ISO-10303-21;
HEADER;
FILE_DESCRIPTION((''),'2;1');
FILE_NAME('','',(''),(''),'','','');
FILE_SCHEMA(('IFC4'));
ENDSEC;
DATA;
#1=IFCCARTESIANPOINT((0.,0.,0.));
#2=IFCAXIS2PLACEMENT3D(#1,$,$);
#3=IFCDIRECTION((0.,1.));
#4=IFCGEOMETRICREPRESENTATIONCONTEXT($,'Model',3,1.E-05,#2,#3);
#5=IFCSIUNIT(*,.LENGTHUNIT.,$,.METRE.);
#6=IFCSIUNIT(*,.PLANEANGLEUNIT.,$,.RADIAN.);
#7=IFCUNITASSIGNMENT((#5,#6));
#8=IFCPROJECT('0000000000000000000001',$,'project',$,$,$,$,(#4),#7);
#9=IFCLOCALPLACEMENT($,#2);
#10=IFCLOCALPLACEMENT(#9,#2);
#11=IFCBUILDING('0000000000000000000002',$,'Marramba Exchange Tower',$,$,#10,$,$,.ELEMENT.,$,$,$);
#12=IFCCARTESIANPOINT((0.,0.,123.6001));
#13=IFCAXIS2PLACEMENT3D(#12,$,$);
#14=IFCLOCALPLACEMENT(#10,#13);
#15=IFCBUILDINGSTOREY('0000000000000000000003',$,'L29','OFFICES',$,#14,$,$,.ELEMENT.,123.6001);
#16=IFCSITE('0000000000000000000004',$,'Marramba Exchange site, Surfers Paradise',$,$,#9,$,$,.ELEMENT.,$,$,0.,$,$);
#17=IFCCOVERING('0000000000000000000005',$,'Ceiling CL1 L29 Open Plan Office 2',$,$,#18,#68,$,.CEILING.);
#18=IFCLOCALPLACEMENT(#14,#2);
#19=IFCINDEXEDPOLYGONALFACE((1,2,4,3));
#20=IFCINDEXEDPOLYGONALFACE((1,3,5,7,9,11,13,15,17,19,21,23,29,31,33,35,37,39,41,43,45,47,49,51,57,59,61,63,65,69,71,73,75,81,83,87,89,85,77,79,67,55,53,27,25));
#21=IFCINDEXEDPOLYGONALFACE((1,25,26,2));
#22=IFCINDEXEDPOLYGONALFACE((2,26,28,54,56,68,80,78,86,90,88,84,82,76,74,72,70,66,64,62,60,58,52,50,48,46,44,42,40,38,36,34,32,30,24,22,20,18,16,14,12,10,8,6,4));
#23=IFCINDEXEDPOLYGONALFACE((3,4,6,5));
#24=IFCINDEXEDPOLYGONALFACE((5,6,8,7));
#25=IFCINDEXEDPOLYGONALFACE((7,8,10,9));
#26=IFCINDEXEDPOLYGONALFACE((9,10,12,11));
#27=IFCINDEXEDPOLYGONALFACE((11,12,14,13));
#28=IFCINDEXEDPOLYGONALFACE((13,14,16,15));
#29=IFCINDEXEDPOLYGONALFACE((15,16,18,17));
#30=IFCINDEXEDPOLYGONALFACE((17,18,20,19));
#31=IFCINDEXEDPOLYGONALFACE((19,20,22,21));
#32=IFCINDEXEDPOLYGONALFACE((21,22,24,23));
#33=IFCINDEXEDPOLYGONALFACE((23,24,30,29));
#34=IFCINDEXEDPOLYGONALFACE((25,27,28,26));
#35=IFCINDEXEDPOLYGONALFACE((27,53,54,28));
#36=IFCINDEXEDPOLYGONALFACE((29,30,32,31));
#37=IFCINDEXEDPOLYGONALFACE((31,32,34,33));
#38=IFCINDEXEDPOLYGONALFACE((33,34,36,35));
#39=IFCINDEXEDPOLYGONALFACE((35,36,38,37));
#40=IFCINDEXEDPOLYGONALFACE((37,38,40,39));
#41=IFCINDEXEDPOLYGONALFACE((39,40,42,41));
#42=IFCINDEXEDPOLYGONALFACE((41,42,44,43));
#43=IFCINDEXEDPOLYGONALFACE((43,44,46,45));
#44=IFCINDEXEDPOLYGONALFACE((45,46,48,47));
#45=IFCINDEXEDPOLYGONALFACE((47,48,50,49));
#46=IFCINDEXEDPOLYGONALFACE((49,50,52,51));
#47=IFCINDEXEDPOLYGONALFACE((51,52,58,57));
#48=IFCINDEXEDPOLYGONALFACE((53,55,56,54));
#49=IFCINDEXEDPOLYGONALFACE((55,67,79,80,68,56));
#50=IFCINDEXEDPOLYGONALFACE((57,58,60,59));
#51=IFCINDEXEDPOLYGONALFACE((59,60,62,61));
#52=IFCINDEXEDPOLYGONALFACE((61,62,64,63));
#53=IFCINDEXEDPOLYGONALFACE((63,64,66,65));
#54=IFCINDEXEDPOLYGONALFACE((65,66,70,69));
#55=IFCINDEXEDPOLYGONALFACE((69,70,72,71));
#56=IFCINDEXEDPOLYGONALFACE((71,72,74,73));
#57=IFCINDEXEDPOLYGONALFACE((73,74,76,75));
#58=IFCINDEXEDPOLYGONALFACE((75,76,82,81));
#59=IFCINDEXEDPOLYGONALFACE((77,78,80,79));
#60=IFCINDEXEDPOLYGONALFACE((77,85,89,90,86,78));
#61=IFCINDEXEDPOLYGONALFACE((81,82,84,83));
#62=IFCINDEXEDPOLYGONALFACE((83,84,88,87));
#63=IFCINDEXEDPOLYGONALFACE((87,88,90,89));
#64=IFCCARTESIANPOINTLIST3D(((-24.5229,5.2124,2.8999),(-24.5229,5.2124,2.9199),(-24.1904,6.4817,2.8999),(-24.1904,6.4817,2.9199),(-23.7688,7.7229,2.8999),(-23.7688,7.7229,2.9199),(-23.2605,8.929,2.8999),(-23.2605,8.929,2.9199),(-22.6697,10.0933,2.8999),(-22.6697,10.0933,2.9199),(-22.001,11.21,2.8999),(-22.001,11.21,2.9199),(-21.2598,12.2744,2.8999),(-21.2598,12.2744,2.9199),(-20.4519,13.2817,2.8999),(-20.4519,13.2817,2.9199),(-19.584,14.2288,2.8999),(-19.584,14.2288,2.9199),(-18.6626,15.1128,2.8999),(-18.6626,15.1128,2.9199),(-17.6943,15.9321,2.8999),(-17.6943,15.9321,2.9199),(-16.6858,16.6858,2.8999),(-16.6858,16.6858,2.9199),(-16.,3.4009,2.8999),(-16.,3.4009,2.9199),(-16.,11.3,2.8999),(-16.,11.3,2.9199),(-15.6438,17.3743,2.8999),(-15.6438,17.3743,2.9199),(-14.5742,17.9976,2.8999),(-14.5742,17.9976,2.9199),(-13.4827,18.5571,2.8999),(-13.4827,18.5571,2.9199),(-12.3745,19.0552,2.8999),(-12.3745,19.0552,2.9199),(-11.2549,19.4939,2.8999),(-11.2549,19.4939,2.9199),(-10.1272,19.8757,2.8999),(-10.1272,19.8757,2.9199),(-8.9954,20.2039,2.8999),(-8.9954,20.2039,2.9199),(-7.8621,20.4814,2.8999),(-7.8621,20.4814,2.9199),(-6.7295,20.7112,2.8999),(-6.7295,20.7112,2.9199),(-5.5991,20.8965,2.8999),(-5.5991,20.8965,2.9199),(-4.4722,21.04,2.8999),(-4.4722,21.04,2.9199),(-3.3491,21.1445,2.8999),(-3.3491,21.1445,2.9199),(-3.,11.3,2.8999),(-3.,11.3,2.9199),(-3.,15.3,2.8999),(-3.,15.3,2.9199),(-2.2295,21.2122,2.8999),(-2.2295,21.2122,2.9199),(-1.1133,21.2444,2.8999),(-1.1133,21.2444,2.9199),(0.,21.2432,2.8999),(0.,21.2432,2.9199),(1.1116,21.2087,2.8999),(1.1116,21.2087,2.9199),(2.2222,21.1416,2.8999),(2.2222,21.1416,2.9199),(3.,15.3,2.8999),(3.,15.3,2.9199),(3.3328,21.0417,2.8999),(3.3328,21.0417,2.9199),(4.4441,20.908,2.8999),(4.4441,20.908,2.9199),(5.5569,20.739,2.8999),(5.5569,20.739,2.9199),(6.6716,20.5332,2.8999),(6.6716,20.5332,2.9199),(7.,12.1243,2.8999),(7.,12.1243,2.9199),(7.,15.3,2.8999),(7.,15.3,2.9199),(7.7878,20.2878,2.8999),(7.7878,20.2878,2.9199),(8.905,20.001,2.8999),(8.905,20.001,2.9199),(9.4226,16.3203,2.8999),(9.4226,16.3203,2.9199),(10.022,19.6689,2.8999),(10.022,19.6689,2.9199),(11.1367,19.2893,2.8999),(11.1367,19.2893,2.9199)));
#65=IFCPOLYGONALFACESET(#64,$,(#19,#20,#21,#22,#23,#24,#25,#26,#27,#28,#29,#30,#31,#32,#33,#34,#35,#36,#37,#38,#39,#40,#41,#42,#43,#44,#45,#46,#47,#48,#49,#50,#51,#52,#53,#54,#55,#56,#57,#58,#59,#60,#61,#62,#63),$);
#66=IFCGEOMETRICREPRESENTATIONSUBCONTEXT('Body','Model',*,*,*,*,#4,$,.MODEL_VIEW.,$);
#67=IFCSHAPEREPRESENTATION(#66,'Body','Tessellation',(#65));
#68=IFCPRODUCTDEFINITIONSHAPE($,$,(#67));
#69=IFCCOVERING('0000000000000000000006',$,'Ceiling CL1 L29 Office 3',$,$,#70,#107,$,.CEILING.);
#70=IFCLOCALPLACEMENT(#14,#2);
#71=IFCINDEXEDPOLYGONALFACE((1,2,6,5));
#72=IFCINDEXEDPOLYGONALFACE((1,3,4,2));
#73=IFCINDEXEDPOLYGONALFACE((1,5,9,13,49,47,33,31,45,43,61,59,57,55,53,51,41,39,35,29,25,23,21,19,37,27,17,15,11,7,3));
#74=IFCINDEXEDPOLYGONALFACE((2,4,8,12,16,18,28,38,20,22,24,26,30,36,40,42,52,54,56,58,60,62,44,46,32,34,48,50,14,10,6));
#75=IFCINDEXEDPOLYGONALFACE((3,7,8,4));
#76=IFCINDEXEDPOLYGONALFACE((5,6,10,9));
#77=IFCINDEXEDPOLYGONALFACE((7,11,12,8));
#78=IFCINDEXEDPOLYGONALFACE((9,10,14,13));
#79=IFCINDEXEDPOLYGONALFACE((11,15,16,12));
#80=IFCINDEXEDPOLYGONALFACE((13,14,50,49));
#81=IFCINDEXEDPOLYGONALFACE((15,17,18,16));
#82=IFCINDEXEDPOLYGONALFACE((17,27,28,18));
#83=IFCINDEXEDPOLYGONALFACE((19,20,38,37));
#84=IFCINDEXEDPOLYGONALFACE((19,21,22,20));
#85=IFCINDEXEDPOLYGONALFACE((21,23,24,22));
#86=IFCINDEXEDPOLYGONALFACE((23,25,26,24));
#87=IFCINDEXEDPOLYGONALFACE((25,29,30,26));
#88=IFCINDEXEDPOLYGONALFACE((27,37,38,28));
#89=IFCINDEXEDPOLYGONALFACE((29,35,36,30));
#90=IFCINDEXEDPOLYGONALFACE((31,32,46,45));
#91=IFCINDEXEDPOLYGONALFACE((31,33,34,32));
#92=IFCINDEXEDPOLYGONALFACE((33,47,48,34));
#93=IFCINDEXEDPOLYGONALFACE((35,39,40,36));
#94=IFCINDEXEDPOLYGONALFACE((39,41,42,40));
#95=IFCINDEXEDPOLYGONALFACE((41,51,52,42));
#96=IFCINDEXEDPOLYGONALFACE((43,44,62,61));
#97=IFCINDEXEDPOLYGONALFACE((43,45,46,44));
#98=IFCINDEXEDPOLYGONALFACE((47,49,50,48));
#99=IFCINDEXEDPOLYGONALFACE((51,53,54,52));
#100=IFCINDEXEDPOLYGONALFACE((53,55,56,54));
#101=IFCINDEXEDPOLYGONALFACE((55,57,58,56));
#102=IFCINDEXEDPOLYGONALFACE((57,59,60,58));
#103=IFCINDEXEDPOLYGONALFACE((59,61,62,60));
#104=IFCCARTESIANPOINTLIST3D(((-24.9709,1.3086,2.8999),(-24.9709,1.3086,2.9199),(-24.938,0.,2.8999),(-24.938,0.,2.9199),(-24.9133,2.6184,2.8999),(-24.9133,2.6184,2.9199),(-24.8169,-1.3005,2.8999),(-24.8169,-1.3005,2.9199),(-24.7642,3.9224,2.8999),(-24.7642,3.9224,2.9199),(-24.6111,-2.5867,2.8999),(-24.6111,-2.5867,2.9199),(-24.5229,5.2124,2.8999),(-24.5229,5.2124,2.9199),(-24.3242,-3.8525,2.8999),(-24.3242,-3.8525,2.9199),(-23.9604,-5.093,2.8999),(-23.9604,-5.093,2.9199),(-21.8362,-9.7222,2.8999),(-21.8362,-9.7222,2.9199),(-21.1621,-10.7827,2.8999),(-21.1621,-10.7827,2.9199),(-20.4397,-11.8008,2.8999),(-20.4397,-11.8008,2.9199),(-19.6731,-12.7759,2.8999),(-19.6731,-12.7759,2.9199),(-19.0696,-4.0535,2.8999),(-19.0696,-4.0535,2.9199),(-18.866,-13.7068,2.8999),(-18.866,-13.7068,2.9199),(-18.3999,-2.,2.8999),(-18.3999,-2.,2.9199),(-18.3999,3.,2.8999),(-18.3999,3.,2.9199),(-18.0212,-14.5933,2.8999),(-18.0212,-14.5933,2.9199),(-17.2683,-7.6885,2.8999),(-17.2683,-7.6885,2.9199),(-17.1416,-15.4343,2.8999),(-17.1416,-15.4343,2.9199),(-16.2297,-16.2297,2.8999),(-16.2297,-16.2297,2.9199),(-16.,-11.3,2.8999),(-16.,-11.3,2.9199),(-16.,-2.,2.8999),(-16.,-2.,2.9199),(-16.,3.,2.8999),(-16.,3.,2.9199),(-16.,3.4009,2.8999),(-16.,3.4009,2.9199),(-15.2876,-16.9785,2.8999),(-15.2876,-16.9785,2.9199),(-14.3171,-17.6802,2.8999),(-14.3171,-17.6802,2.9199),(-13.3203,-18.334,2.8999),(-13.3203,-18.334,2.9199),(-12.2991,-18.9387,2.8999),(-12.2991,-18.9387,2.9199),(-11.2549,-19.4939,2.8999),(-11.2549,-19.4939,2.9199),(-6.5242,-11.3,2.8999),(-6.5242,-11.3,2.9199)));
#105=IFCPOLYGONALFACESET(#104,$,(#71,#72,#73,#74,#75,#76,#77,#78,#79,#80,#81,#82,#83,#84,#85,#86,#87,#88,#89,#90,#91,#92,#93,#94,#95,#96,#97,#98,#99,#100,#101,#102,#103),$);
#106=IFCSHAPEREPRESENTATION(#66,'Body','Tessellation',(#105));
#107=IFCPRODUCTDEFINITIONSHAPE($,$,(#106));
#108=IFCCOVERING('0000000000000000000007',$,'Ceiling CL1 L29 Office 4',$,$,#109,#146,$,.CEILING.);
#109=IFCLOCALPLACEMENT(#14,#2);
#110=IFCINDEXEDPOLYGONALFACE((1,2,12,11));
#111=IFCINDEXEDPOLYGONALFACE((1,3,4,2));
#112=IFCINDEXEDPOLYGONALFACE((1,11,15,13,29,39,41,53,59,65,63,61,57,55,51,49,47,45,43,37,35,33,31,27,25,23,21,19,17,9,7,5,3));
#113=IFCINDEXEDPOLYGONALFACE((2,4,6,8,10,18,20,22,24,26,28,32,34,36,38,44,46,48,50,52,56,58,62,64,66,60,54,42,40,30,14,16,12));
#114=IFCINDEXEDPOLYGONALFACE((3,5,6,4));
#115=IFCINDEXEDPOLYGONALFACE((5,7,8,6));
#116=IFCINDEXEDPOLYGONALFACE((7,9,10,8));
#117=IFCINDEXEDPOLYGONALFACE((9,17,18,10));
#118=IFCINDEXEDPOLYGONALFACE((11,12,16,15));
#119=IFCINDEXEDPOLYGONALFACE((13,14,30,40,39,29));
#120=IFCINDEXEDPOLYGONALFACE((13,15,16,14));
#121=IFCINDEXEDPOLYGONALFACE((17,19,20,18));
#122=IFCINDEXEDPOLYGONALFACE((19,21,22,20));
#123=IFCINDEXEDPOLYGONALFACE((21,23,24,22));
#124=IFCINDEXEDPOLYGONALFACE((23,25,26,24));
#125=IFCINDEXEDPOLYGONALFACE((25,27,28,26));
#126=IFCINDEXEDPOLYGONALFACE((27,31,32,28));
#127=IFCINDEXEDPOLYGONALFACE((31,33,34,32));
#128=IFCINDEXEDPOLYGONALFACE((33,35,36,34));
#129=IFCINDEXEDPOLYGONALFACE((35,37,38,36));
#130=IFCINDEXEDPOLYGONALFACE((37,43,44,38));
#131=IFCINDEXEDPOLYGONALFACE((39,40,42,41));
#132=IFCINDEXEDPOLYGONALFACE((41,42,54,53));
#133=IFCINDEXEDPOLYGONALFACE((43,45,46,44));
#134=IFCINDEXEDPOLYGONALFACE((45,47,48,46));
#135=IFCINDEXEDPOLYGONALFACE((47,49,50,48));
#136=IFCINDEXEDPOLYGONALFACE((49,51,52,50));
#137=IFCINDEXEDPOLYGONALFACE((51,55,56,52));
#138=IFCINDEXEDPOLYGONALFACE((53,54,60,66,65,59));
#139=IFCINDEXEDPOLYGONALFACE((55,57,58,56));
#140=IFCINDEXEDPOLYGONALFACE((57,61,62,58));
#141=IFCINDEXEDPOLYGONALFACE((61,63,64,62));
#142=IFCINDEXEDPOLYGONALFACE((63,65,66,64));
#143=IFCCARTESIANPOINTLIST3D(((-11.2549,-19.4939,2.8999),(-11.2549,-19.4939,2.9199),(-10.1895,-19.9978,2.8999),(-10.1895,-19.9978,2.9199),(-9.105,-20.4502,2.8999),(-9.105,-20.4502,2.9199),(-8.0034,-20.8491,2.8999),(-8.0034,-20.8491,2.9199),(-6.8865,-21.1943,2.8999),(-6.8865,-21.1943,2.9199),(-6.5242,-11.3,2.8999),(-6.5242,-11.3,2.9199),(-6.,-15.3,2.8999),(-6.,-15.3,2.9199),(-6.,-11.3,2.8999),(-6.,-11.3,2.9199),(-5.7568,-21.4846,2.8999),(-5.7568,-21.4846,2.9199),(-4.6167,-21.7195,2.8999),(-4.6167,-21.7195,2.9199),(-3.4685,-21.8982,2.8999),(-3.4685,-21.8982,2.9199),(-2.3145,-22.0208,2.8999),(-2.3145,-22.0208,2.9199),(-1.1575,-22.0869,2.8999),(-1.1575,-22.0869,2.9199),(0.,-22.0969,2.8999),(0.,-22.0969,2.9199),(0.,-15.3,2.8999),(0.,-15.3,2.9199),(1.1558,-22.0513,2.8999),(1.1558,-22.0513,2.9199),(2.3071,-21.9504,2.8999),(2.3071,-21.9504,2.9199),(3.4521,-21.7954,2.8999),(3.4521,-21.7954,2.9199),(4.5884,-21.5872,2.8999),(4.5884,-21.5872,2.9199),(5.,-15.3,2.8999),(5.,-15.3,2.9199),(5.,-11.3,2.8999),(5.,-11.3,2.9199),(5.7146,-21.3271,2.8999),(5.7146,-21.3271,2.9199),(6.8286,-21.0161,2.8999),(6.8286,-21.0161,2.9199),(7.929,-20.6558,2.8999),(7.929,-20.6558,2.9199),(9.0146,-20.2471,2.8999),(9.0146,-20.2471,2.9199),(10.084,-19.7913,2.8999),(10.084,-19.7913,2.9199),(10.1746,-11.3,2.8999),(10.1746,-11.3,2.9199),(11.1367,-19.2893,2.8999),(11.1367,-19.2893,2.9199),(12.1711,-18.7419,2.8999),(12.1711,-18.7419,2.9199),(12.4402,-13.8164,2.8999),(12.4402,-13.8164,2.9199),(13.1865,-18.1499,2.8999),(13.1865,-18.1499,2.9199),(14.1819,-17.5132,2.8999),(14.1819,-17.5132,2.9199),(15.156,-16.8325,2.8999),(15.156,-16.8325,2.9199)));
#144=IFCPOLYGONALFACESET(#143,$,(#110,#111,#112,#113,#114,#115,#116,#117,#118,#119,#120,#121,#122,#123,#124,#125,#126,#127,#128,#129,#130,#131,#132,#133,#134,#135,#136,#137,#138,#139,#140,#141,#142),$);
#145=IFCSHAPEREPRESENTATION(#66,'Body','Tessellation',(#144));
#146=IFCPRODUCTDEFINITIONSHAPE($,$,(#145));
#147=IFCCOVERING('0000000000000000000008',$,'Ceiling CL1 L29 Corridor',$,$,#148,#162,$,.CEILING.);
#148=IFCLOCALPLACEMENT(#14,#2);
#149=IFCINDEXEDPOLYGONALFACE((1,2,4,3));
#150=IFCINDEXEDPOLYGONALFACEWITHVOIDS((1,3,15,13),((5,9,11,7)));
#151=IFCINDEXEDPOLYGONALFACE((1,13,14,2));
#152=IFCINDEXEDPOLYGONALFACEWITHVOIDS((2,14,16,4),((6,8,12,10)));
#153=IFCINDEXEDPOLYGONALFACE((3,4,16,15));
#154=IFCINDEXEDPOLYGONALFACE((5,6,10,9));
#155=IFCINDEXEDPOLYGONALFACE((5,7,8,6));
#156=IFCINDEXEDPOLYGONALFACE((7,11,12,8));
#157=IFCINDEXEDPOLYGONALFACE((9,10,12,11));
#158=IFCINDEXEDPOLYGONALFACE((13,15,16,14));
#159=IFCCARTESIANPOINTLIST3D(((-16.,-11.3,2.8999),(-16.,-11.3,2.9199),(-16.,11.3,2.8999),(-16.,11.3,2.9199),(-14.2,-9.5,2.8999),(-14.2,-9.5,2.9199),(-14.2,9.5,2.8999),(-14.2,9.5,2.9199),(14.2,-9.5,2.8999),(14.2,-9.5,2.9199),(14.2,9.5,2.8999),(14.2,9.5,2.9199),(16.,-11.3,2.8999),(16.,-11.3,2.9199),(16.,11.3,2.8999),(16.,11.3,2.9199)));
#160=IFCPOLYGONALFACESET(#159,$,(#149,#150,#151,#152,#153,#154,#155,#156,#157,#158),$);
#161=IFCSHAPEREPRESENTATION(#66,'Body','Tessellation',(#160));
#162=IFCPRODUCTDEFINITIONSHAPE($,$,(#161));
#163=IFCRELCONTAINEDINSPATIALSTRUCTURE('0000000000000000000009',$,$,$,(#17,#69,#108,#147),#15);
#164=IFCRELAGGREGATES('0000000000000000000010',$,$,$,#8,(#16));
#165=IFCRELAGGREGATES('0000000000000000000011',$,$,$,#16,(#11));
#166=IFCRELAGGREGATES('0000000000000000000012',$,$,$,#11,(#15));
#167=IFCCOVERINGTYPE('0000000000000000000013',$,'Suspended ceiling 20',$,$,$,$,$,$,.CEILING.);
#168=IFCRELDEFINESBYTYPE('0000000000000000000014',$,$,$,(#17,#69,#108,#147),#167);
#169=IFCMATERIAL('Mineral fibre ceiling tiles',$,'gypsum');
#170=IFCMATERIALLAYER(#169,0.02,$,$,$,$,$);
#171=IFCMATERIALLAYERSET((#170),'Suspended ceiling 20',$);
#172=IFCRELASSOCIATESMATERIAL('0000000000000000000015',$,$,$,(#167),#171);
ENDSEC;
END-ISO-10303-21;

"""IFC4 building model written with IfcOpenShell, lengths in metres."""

from ifc_helpers import new_model, si_unit, direction, frame, origin, place, context, subcontext, project, spatial, polyline, outline, extrude, material, layer, layer_set, type_object, element, save


model = new_model("IFC4")

# Units and contexts
model_context = context("Model", 3, precision=1e-05, world=origin(), true_north=direction((0.0, 1.0)))
body_context = subcontext(model_context, "Body", "Model", "MODEL_VIEW")
ifc_project = project(units=[si_unit("LENGTHUNIT", "METRE"), si_unit("PLANEANGLEUNIT", "RADIAN")], contexts=[model_context])

# Site, building, storey
site_placement = place(None, origin())
site = spatial("IfcSite", under=ifc_project, at=site_placement, Name="Marramba Exchange site, Surfers Paradise", CompositionType="ELEMENT", RefElevation=0.0)
building_placement = place(site_placement, origin())
building = spatial("IfcBuilding", under=site, at=building_placement, Name="Marramba Exchange Tower", CompositionType="ELEMENT")
storey_placement = place(building_placement, frame((0.0, 0.0, 123.6001)))
storey = spatial("IfcBuildingStorey", under=building, at=storey_placement, Name="L29", Description="OFFICES", CompositionType="ELEMENT", Elevation=123.6001)

# Coverings
ifc_material_1 = material(Name="Mineral fibre ceiling tiles", Category="gypsum")
ifc_layer_1 = layer(ifc_material_1, 0.02)
ifc_layer_set_1 = layer_set([ifc_layer_1], Name="Suspended ceiling 20")
covering_type = type_object("IfcCoveringType", Name="Suspended ceiling 20", PredefinedType="CEILING", material=ifc_layer_set_1)
covering_1_placement = place(storey_placement, frame((0.0, 0.0, 2.8999)))
element("IfcCovering", 1, at=covering_1_placement, inside=storey, type_object=covering_type, Name="Ceiling CL1 L29 Open Plan Office 2", PredefinedType="CEILING", context=body_context, shape_type="SweptSolid", body=[
    extrude(outline(polyline([(-16.0, 3.4009), (-24.5229, 5.2124), (-24.1904, 6.4817), (-23.7688, 7.7229), (-23.2605, 8.929), (-22.6697, 10.0933), (-22.001, 11.21), (-21.2598, 12.2744), (-20.4519, 13.2817), (-19.584, 14.2288), (-18.6626, 15.1128), (-17.6943, 15.9321), (-16.6858, 16.6858), (-15.6438, 17.3743), (-14.5742, 17.9976), (-13.4827, 18.5571), (-12.3745, 19.0552), (-11.2549, 19.4939), (-10.1272, 19.8757), (-8.9954, 20.2039), (-7.8621, 20.4814), (-6.7295, 20.7112), (-5.5991, 20.8965), (-4.4722, 21.04), (-3.3491, 21.1445), (-2.2295, 21.2122), (-1.1133, 21.2444), (0.0, 21.2432), (1.1116, 21.2087), (2.2222, 21.1416), (3.3328, 21.0417), (4.4441, 20.908), (5.5569, 20.739), (6.6716, 20.5332), (7.7878, 20.2878), (8.905, 20.001), (10.022, 19.6689), (11.1367, 19.2893), (9.4226, 16.3203), (7.0, 12.1243), (7.0, 15.3), (3.0, 15.3), (-3.0, 15.3), (-3.0, 11.3), (-16.0, 11.3), (-16.0, 3.4009)])), origin(), (0.0, 0.0, 1.0), 0.02),
])
covering_2_placement = place(storey_placement, frame((0.0, 0.0, 2.8999)))
element("IfcCovering", 2, at=covering_2_placement, inside=storey, type_object=covering_type, Name="Ceiling CL1 L29 Office 3", PredefinedType="CEILING", context=body_context, shape_type="SweptSolid", body=[
    extrude(outline(polyline([(-13.3203, -18.334), (-14.3171, -17.6802), (-15.2876, -16.9785), (-16.2297, -16.2297), (-17.1416, -15.4343), (-18.0212, -14.5933), (-18.866, -13.7068), (-19.6731, -12.7759), (-20.4397, -11.8008), (-21.1621, -10.7827), (-21.8362, -9.7222), (-17.2683, -7.6885), (-19.0696, -4.0535), (-23.9604, -5.093), (-24.3242, -3.8525), (-24.6111, -2.5867), (-24.8169, -1.3005), (-24.938, 0.0), (-24.9709, 1.3086), (-24.9133, 2.6184), (-24.7642, 3.9224), (-24.5229, 5.2124), (-16.0, 3.4009), (-16.0, 3.0), (-18.3999, 3.0), (-18.3999, -2.0), (-16.0, -2.0), (-16.0, -11.3), (-6.5242, -11.3), (-11.2549, -19.4939), (-12.2991, -18.9387), (-13.3203, -18.334)])), origin(), (0.0, 0.0, 1.0), 0.02),
])
covering_3_placement = place(storey_placement, frame((0.0, 0.0, 2.8999)))
element("IfcCovering", 3, at=covering_3_placement, inside=storey, type_object=covering_type, Name="Ceiling CL1 L29 Office 4", PredefinedType="CEILING", context=body_context, shape_type="SweptSolid", body=[
    extrude(outline(polyline([(12.4402, -13.8164), (15.156, -16.8325), (14.1819, -17.5132), (13.1865, -18.1499), (12.1711, -18.7419), (11.1367, -19.2893), (10.084, -19.7913), (9.0146, -20.2471), (7.929, -20.6558), (6.8286, -21.0161), (5.7146, -21.3271), (4.5884, -21.5872), (3.4521, -21.7954), (2.3071, -21.9504), (1.1558, -22.0513), (0.0, -22.0969), (-1.1575, -22.0869), (-2.3145, -22.0208), (-3.4685, -21.8982), (-4.6167, -21.7195), (-5.7568, -21.4846), (-6.8865, -21.1943), (-8.0034, -20.8491), (-9.105, -20.4502), (-10.1895, -19.9978), (-11.2549, -19.4939), (-6.5242, -11.3), (-6.0, -11.3), (-6.0, -15.3), (0.0, -15.3), (5.0, -15.3), (5.0, -11.3), (10.1746, -11.3), (12.4402, -13.8164)])), origin(), (0.0, 0.0, 1.0), 0.02),
])
covering_4_placement = place(storey_placement, frame((0.0, 0.0, 2.8999)))
element("IfcCovering", 4, at=covering_4_placement, inside=storey, type_object=covering_type, Name="Ceiling CL1 L29 Corridor", PredefinedType="CEILING", context=body_context, shape_type="SweptSolid", body=[
    extrude(outline(polyline([(-16.0, 11.3), (16.0, 11.3), (16.0, -11.3), (-16.0, -11.3), (-16.0, 11.3)]), holes=[polyline([(-14.2, 9.5), (-14.2, -9.5), (14.2, -9.5), (14.2, 9.5), (-14.2, 9.5)])]), origin(), (0.0, 0.0, 1.0), 0.02),
])

save(model, "model.ifc")
